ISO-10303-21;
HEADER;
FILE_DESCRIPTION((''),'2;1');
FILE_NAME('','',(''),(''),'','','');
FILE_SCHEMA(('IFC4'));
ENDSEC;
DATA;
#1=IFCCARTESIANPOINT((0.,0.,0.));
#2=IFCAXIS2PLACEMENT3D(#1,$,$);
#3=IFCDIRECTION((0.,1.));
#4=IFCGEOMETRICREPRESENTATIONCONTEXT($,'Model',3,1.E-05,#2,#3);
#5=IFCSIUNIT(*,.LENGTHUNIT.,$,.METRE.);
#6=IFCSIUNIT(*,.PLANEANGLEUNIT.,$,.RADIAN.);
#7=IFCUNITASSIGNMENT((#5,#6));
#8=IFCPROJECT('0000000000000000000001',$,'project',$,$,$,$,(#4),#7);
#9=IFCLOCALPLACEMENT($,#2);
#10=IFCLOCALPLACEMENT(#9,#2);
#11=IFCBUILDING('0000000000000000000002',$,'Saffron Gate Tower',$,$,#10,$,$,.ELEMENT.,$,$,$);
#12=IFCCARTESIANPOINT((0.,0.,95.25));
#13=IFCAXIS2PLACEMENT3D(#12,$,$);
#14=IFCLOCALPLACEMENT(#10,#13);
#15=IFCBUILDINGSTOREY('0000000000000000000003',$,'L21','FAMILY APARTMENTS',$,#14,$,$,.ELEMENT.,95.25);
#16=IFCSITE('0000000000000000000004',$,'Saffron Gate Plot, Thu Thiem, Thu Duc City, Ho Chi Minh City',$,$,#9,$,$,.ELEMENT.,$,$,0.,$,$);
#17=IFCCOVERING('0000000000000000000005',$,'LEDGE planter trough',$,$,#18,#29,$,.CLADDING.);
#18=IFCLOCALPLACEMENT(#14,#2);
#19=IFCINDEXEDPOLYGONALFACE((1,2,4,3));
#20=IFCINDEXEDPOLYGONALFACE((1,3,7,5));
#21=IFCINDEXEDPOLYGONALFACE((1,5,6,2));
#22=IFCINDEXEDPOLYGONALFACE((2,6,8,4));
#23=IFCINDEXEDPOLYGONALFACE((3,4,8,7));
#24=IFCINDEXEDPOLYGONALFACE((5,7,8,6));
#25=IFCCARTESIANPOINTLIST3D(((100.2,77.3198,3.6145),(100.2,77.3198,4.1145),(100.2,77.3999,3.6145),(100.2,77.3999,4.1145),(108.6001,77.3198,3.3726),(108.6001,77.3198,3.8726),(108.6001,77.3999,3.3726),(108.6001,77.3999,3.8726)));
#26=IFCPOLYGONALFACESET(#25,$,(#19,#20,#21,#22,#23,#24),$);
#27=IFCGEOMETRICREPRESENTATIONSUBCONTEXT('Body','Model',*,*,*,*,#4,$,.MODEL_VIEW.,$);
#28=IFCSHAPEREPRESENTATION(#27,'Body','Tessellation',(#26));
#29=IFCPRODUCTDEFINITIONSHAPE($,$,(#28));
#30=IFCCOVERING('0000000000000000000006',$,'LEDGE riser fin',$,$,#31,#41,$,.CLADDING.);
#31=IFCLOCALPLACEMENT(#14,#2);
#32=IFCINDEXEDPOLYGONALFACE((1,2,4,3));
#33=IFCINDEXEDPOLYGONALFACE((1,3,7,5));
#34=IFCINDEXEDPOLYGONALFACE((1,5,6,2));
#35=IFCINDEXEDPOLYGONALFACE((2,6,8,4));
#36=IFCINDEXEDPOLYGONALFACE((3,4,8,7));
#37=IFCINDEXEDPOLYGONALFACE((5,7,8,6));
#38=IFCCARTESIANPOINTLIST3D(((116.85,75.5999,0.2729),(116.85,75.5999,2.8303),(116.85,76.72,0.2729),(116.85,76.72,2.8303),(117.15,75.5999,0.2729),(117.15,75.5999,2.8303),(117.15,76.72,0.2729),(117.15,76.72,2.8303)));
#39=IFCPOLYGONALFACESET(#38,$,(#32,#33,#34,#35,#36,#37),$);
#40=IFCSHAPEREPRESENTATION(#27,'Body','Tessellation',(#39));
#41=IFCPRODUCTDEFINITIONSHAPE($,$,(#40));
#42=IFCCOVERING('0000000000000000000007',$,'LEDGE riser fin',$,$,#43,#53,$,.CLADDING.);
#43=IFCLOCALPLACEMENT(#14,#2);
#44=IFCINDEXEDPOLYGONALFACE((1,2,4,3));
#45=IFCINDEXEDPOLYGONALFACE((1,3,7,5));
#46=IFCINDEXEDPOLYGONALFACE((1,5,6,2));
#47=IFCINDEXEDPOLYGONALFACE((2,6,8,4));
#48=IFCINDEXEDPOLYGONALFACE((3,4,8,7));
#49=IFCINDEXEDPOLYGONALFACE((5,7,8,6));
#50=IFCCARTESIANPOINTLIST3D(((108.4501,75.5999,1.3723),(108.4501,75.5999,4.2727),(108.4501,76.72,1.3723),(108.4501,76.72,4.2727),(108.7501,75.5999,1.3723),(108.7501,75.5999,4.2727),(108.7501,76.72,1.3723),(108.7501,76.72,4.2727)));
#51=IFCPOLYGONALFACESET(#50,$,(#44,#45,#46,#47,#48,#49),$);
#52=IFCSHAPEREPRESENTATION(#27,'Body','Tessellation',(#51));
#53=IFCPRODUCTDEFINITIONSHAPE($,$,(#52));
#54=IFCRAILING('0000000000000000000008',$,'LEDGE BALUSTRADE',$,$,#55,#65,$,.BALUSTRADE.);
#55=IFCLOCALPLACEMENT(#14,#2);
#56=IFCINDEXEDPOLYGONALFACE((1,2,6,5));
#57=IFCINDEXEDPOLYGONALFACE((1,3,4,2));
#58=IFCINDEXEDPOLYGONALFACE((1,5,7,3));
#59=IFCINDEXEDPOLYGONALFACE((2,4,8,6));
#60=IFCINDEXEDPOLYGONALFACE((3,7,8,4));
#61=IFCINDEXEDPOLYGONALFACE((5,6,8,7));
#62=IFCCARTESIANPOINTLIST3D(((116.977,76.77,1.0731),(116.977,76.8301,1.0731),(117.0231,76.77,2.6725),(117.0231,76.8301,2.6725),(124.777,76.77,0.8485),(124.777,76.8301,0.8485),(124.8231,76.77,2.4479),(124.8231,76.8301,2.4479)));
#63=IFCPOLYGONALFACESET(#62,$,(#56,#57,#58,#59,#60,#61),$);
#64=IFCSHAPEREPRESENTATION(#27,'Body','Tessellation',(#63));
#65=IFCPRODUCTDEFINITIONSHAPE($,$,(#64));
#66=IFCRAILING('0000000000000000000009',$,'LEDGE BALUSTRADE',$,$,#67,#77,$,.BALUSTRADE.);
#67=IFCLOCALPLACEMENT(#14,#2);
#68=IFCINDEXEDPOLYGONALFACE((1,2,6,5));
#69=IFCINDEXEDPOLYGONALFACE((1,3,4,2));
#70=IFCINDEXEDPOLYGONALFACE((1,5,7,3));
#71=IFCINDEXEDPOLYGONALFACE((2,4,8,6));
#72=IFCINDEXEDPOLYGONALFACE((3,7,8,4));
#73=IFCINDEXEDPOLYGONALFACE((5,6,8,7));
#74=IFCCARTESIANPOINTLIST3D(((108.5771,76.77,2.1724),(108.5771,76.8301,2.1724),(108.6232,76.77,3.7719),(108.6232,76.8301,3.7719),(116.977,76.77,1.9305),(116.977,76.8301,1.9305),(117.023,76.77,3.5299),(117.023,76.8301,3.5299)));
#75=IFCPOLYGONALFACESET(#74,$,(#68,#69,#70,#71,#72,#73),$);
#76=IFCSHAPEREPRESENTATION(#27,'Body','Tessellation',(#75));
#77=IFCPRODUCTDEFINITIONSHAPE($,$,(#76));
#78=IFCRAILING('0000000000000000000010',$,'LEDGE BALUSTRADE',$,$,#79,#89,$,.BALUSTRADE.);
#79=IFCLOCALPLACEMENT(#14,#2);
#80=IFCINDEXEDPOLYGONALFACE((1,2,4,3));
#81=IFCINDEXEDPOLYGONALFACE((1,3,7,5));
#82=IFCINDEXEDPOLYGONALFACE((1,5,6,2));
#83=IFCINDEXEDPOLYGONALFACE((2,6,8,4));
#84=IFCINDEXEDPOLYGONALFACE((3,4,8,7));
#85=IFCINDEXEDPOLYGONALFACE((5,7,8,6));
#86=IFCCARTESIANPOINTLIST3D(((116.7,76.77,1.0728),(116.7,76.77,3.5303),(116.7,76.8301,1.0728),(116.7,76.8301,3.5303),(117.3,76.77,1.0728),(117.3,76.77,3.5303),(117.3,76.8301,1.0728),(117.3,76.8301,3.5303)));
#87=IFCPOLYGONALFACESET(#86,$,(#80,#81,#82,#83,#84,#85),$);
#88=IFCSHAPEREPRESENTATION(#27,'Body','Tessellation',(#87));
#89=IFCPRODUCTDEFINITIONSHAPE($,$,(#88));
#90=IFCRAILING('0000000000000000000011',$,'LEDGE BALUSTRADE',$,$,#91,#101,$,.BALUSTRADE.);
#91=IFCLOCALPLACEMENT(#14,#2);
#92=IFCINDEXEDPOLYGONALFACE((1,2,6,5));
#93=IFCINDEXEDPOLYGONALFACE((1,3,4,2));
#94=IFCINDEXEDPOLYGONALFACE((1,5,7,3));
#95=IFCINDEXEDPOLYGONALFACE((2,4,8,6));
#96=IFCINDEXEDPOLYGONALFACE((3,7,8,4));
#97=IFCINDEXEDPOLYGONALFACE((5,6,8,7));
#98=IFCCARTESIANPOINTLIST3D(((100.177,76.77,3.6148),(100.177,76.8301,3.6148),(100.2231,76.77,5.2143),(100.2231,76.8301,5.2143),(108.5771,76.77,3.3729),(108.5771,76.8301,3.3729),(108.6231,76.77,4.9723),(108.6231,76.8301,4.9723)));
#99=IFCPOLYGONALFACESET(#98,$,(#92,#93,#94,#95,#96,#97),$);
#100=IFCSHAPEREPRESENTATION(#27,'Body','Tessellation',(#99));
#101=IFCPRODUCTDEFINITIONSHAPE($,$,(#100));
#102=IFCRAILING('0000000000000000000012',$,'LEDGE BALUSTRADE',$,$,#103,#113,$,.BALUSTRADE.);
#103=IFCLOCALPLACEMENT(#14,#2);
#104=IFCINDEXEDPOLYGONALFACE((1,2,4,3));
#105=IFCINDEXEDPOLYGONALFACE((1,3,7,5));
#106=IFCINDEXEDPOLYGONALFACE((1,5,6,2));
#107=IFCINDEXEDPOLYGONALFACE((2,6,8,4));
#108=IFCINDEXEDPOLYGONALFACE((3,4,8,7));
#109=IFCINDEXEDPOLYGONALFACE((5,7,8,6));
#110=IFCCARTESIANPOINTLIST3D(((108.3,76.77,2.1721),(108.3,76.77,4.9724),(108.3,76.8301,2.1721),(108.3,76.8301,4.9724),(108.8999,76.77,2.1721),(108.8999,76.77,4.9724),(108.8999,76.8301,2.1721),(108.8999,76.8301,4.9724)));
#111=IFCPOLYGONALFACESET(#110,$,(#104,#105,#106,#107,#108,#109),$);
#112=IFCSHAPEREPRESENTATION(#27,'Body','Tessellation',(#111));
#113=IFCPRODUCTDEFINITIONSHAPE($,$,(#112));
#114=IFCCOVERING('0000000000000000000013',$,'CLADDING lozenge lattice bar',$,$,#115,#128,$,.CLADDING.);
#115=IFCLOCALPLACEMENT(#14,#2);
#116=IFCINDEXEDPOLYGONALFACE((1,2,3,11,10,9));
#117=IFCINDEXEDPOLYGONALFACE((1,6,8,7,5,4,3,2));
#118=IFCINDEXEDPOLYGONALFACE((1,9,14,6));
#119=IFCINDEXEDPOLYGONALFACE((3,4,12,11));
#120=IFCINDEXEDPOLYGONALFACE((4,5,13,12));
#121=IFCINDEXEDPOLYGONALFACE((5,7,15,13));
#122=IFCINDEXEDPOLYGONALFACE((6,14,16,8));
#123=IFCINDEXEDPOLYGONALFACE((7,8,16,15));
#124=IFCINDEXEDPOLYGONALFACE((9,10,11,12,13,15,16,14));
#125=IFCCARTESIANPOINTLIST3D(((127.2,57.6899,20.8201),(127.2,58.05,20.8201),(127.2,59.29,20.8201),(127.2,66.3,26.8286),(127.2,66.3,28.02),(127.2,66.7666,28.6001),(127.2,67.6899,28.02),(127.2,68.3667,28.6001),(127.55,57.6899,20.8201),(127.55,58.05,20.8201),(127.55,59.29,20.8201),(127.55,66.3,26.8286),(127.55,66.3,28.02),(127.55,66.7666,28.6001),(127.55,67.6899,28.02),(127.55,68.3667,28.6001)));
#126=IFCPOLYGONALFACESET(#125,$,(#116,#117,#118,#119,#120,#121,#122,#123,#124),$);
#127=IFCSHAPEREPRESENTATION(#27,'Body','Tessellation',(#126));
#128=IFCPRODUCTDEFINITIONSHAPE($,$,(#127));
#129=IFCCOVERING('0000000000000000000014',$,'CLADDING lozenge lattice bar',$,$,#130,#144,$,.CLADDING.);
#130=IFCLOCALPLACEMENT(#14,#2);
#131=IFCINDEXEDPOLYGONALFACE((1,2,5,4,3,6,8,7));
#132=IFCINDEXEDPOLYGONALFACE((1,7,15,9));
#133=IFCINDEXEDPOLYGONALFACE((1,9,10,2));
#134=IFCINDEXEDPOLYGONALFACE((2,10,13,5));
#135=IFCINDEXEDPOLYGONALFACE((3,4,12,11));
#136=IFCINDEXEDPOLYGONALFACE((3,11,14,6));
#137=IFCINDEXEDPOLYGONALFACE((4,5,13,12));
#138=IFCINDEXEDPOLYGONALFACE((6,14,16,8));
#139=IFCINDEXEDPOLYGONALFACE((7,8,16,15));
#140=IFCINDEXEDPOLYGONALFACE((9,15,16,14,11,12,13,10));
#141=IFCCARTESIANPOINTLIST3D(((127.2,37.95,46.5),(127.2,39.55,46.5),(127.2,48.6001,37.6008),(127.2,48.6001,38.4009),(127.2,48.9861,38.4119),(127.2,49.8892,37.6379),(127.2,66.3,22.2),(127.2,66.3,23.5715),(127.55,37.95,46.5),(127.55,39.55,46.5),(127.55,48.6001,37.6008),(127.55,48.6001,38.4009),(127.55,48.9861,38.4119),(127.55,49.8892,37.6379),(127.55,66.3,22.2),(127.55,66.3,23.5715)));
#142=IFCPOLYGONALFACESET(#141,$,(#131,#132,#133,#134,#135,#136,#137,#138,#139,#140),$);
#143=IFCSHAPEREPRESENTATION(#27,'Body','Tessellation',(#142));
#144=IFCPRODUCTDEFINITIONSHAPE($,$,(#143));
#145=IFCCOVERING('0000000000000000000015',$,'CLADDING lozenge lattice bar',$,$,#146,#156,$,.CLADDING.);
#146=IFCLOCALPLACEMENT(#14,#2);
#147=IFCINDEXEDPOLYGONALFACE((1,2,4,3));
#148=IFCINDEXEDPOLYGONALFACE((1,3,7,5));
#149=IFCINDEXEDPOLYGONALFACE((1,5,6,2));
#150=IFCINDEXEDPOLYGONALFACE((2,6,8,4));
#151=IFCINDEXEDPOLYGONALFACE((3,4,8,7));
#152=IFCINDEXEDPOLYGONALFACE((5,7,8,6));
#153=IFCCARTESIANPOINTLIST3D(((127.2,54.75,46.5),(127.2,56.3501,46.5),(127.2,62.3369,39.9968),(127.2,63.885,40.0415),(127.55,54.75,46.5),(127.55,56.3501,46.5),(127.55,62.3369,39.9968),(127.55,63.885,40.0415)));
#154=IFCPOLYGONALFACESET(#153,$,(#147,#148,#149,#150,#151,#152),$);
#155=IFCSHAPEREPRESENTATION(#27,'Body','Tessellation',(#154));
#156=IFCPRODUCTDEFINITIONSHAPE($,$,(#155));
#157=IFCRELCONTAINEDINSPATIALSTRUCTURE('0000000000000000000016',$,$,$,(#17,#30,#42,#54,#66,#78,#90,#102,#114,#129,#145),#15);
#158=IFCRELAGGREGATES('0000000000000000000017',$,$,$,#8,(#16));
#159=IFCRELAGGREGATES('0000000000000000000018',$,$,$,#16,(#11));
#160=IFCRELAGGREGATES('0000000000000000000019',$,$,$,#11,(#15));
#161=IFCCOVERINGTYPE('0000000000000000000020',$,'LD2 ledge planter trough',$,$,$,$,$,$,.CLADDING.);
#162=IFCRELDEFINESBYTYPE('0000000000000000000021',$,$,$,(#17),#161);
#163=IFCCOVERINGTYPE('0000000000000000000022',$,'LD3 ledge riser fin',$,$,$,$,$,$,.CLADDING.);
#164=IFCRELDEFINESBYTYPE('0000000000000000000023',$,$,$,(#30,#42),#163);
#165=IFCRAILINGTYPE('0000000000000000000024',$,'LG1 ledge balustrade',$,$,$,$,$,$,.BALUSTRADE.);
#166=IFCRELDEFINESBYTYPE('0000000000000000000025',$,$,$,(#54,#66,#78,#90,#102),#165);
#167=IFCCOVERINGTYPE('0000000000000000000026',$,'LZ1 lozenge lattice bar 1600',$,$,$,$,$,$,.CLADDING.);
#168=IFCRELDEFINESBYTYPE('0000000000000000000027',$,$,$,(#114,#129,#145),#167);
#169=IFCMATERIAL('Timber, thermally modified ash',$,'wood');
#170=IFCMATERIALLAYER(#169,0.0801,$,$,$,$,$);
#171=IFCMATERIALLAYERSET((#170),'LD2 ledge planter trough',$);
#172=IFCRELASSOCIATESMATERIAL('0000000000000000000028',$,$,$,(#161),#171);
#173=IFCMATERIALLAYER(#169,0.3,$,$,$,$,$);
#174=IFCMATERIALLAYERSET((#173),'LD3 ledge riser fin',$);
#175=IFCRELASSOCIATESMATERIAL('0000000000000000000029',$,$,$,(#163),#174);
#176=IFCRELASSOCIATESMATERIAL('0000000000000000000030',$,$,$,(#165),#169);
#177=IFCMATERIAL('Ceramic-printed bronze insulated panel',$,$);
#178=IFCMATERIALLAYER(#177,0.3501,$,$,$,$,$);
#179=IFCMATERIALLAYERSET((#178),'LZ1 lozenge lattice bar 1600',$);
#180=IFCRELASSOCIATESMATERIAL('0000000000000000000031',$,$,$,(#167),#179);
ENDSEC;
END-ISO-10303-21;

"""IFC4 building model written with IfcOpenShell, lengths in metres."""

from ifc_helpers import new_model, si_unit, direction, frame, origin, origin_2d, place, context, subcontext, project, spatial, polyline, rectangle, outline, extrude, material, layer, layer_set, type_object, element, save


model = new_model("IFC4")

# Units and contexts
model_context = context("Model", 3, precision=1e-05, world=origin(), true_north=direction((0.0, 1.0)))
body_context = subcontext(model_context, "Body", "Model", "MODEL_VIEW")
ifc_project = project(units=[si_unit("LENGTHUNIT", "METRE"), si_unit("PLANEANGLEUNIT", "RADIAN")], contexts=[model_context])

# Site, building, storey
site_placement = place(None, origin())
site = spatial("IfcSite", under=ifc_project, at=site_placement, Name="Saffron Gate Plot, Thu Thiem, Thu Duc City, Ho Chi Minh City", CompositionType="ELEMENT", RefElevation=0.0)
building_placement = place(site_placement, origin())
building = spatial("IfcBuilding", under=site, at=building_placement, Name="Saffron Gate Tower", CompositionType="ELEMENT")
storey_placement = place(building_placement, frame((0.0, 0.0, 95.25)))
storey = spatial("IfcBuildingStorey", under=building, at=storey_placement, Name="L21", Description="FAMILY APARTMENTS", CompositionType="ELEMENT", Elevation=95.25)

# Coverings
ifc_material_1 = material(Name="Timber, thermally modified ash", Category="wood")
ifc_layer_1 = layer(ifc_material_1, 0.0801)
ifc_layer_set_1 = layer_set([ifc_layer_1], Name="LD2 ledge planter trough")
covering_type_1 = type_object("IfcCoveringType", Name="LD2 ledge planter trough", PredefinedType="CLADDING", material=ifc_layer_set_1)
covering_1_placement = place(storey_placement, frame((108.6001, 77.3999, 3.3726), z_axis=(0.0, 1.0, 0.0), x_axis=(-0.999585, 0.0, 0.02879)))
element("IfcCovering", 1, at=covering_1_placement, inside=storey, type_object=covering_type_1, Name="LEDGE planter trough", PredefinedType="CLADDING", context=body_context, shape_type="SweptSolid", body=[
    extrude(outline(polyline([(0.0, 0.0), (8.4036, 0.0), (8.418, 0.4998), (0.0144, 0.4998), (0.0, 0.0)])), origin(), (0.0, 0.0, -1.0), 0.0801),
])
ifc_layer_2 = layer(ifc_material_1, 0.3)
ifc_layer_set_2 = layer_set([ifc_layer_2], Name="LD3 ledge riser fin")
covering_type_2 = type_object("IfcCoveringType", Name="LD3 ledge riser fin", PredefinedType="CLADDING", material=ifc_layer_set_2)
covering_2_placement = place(storey_placement, frame((117.0, 76.1599, 0.2729), z_axis=(0.0, 0.0, 1.0), x_axis=(-1.0, 0.0, 0.0)))
element("IfcCovering", 2, at=covering_2_placement, inside=storey, type_object=covering_type_2, Name="LEDGE riser fin", PredefinedType="CLADDING", context=body_context, shape_type="SweptSolid", body=[
    extrude(rectangle(XDim=0.3, YDim=1.1201, at=origin_2d()), origin(), (0.0, 0.0, 1.0), 2.5574),
])
covering_3_placement = place(storey_placement, frame((108.6001, 76.1599, 1.3723), z_axis=(0.0, 0.0, 1.0), x_axis=(-1.0, 0.0, 0.0)))
element("IfcCovering", 3, at=covering_3_placement, inside=storey, type_object=covering_type_2, Name="LEDGE riser fin", PredefinedType="CLADDING", context=body_context, shape_type="SweptSolid", body=[
    extrude(rectangle(XDim=0.3, YDim=1.1201, at=origin_2d()), origin(), (0.0, 0.0, 1.0), 2.9004),
])

# Railings
railing_type = type_object("IfcRailingType", Name="LG1 ledge balustrade", PredefinedType="BALUSTRADE", material=ifc_material_1)
railing_1_placement = place(storey_placement, frame((124.8, 76.8, 0.8481)))
element("IfcRailing", 4, at=railing_1_placement, inside=storey, type_object=railing_type, Name="LEDGE BALUSTRADE", PredefinedType="BALUSTRADE", context=body_context, shape_type="SweptSolid", body=[
    extrude(rectangle(XDim=0.0601, YDim=1.6001, at=origin_2d()), frame((0.0, 0.0, 0.8), z_axis=(-0.999586, 0.0, 0.028784), x_axis=(0.0, -1.0, 0.0)), (0.0, 0.0, 1.0), 7.8032),
])
railing_2_placement = place(storey_placement, frame((117.0, 76.8, 1.9302)))
element("IfcRailing", 5, at=railing_2_placement, inside=storey, type_object=railing_type, Name="LEDGE BALUSTRADE", PredefinedType="BALUSTRADE", context=body_context, shape_type="SweptSolid", body=[
    extrude(rectangle(XDim=0.0601, YDim=1.6001, at=origin_2d()), frame((0.0, 0.0, 0.8), z_axis=(-0.999585, 0.0, 0.028791), x_axis=(0.0, -1.0, 0.0)), (0.0, 0.0, 1.0), 8.4033),
])
railing_3_placement = place(storey_placement, frame((117.3, 76.8, 1.0728)))
element("IfcRailing", 6, at=railing_3_placement, inside=storey, type_object=railing_type, Name="LEDGE BALUSTRADE", PredefinedType="BALUSTRADE", context=body_context, shape_type="SweptSolid", body=[
    extrude(rectangle(XDim=0.0601, YDim=2.4575, at=origin_2d()), frame((0.0, 0.0, 1.2288), z_axis=(-1.0, 0.0, 0.0), x_axis=(0.0, -1.0, 0.0)), (0.0, 0.0, 1.0), 0.6001),
])
railing_4_placement = place(storey_placement, frame((108.6001, 76.8, 3.3726)))
element("IfcRailing", 7, at=railing_4_placement, inside=storey, type_object=railing_type, Name="LEDGE BALUSTRADE", PredefinedType="BALUSTRADE", context=body_context, shape_type="SweptSolid", body=[
    extrude(rectangle(XDim=0.0601, YDim=1.6001, at=origin_2d()), frame((0.0, 0.0, 0.8), z_axis=(-0.999585, 0.0, 0.02879), x_axis=(0.0, -1.0, 0.0)), (0.0, 0.0, 1.0), 8.4036),
])
railing_5_placement = place(storey_placement, frame((108.8999, 76.8, 2.1721)))
element("IfcRailing", 8, at=railing_5_placement, inside=storey, type_object=railing_type, Name="LEDGE BALUSTRADE", PredefinedType="BALUSTRADE", context=body_context, shape_type="SweptSolid", body=[
    extrude(rectangle(XDim=0.0601, YDim=2.8003, at=origin_2d()), frame((0.0, 0.0, 1.4001), z_axis=(-1.0, 0.0, 0.0), x_axis=(0.0, -1.0, 0.0)), (0.0, 0.0, 1.0), 0.5999),
])

# Coverings
ifc_material_2 = material(Name="Ceramic-printed bronze insulated panel")
ifc_layer_3 = layer(ifc_material_2, 0.3501)
ifc_layer_set_3 = layer_set([ifc_layer_3], Name="LZ1 lozenge lattice bar 1600")
covering_type_3 = type_object("IfcCoveringType", Name="LZ1 lozenge lattice bar 1600", PredefinedType="CLADDING", material=ifc_layer_set_3)
covering_4_placement = place(storey_placement, frame((127.55, 57.6899, 20.8201), z_axis=(1.0, 0.0, 0.0), x_axis=(0.0, 1.0, 0.0)))
element("IfcCovering", 9, at=covering_4_placement, inside=storey, type_object=covering_type_3, Name="CLADDING lozenge lattice bar", PredefinedType="CLADDING", context=body_context, shape_type="SweptSolid", body=[
    extrude(outline(polyline([(0.0, 0.0), (0.3601, 0.0), (1.6001, 0.0), (8.6101, 6.0085), (8.6101, 7.2), (10.0, 7.2), (10.6768, 7.78), (9.0767, 7.78), (0.0, 0.0)])), origin(), (0.0, 0.0, -1.0), 0.3501),
])
covering_5_placement = place(storey_placement, frame((127.55, 66.3, 22.2), z_axis=(1.0, 0.0, 0.0), x_axis=(0.0, 0.0, 1.0)))
element("IfcCovering", 10, at=covering_5_placement, inside=storey, type_object=covering_type_3, Name="CLADDING lozenge lattice bar", PredefinedType="CLADDING", context=body_context, shape_type="SweptSolid", body=[
    extrude(outline(polyline([(0.0, 0.0), (1.3716, 0.0), (15.438, 16.4109), (15.4009, 17.7), (16.2009, 17.7), (16.2119, 17.314), (24.3, 26.75), (24.3, 28.3501), (0.0, 0.0)])), origin(), (0.0, 0.0, -1.0), 0.3501),
])
covering_6_placement = place(storey_placement, frame((127.55, 62.3369, 39.9968), z_axis=(1.0, 0.0, 0.0), x_axis=(0.0, 0.999584, 0.028848)))
element("IfcCovering", 11, at=covering_6_placement, inside=storey, type_object=covering_type_3, Name="CLADDING lozenge lattice bar", PredefinedType="CLADDING", context=body_context, shape_type="SweptSolid", body=[
    extrude(outline(polyline([(0.0, 0.0), (1.5487, 0.0), (-5.7967, 6.6732), (-7.3962, 6.7193), (0.0, 0.0)])), origin(), (0.0, 0.0, -1.0), 0.3501),
])

save(model, "model.ifc")
